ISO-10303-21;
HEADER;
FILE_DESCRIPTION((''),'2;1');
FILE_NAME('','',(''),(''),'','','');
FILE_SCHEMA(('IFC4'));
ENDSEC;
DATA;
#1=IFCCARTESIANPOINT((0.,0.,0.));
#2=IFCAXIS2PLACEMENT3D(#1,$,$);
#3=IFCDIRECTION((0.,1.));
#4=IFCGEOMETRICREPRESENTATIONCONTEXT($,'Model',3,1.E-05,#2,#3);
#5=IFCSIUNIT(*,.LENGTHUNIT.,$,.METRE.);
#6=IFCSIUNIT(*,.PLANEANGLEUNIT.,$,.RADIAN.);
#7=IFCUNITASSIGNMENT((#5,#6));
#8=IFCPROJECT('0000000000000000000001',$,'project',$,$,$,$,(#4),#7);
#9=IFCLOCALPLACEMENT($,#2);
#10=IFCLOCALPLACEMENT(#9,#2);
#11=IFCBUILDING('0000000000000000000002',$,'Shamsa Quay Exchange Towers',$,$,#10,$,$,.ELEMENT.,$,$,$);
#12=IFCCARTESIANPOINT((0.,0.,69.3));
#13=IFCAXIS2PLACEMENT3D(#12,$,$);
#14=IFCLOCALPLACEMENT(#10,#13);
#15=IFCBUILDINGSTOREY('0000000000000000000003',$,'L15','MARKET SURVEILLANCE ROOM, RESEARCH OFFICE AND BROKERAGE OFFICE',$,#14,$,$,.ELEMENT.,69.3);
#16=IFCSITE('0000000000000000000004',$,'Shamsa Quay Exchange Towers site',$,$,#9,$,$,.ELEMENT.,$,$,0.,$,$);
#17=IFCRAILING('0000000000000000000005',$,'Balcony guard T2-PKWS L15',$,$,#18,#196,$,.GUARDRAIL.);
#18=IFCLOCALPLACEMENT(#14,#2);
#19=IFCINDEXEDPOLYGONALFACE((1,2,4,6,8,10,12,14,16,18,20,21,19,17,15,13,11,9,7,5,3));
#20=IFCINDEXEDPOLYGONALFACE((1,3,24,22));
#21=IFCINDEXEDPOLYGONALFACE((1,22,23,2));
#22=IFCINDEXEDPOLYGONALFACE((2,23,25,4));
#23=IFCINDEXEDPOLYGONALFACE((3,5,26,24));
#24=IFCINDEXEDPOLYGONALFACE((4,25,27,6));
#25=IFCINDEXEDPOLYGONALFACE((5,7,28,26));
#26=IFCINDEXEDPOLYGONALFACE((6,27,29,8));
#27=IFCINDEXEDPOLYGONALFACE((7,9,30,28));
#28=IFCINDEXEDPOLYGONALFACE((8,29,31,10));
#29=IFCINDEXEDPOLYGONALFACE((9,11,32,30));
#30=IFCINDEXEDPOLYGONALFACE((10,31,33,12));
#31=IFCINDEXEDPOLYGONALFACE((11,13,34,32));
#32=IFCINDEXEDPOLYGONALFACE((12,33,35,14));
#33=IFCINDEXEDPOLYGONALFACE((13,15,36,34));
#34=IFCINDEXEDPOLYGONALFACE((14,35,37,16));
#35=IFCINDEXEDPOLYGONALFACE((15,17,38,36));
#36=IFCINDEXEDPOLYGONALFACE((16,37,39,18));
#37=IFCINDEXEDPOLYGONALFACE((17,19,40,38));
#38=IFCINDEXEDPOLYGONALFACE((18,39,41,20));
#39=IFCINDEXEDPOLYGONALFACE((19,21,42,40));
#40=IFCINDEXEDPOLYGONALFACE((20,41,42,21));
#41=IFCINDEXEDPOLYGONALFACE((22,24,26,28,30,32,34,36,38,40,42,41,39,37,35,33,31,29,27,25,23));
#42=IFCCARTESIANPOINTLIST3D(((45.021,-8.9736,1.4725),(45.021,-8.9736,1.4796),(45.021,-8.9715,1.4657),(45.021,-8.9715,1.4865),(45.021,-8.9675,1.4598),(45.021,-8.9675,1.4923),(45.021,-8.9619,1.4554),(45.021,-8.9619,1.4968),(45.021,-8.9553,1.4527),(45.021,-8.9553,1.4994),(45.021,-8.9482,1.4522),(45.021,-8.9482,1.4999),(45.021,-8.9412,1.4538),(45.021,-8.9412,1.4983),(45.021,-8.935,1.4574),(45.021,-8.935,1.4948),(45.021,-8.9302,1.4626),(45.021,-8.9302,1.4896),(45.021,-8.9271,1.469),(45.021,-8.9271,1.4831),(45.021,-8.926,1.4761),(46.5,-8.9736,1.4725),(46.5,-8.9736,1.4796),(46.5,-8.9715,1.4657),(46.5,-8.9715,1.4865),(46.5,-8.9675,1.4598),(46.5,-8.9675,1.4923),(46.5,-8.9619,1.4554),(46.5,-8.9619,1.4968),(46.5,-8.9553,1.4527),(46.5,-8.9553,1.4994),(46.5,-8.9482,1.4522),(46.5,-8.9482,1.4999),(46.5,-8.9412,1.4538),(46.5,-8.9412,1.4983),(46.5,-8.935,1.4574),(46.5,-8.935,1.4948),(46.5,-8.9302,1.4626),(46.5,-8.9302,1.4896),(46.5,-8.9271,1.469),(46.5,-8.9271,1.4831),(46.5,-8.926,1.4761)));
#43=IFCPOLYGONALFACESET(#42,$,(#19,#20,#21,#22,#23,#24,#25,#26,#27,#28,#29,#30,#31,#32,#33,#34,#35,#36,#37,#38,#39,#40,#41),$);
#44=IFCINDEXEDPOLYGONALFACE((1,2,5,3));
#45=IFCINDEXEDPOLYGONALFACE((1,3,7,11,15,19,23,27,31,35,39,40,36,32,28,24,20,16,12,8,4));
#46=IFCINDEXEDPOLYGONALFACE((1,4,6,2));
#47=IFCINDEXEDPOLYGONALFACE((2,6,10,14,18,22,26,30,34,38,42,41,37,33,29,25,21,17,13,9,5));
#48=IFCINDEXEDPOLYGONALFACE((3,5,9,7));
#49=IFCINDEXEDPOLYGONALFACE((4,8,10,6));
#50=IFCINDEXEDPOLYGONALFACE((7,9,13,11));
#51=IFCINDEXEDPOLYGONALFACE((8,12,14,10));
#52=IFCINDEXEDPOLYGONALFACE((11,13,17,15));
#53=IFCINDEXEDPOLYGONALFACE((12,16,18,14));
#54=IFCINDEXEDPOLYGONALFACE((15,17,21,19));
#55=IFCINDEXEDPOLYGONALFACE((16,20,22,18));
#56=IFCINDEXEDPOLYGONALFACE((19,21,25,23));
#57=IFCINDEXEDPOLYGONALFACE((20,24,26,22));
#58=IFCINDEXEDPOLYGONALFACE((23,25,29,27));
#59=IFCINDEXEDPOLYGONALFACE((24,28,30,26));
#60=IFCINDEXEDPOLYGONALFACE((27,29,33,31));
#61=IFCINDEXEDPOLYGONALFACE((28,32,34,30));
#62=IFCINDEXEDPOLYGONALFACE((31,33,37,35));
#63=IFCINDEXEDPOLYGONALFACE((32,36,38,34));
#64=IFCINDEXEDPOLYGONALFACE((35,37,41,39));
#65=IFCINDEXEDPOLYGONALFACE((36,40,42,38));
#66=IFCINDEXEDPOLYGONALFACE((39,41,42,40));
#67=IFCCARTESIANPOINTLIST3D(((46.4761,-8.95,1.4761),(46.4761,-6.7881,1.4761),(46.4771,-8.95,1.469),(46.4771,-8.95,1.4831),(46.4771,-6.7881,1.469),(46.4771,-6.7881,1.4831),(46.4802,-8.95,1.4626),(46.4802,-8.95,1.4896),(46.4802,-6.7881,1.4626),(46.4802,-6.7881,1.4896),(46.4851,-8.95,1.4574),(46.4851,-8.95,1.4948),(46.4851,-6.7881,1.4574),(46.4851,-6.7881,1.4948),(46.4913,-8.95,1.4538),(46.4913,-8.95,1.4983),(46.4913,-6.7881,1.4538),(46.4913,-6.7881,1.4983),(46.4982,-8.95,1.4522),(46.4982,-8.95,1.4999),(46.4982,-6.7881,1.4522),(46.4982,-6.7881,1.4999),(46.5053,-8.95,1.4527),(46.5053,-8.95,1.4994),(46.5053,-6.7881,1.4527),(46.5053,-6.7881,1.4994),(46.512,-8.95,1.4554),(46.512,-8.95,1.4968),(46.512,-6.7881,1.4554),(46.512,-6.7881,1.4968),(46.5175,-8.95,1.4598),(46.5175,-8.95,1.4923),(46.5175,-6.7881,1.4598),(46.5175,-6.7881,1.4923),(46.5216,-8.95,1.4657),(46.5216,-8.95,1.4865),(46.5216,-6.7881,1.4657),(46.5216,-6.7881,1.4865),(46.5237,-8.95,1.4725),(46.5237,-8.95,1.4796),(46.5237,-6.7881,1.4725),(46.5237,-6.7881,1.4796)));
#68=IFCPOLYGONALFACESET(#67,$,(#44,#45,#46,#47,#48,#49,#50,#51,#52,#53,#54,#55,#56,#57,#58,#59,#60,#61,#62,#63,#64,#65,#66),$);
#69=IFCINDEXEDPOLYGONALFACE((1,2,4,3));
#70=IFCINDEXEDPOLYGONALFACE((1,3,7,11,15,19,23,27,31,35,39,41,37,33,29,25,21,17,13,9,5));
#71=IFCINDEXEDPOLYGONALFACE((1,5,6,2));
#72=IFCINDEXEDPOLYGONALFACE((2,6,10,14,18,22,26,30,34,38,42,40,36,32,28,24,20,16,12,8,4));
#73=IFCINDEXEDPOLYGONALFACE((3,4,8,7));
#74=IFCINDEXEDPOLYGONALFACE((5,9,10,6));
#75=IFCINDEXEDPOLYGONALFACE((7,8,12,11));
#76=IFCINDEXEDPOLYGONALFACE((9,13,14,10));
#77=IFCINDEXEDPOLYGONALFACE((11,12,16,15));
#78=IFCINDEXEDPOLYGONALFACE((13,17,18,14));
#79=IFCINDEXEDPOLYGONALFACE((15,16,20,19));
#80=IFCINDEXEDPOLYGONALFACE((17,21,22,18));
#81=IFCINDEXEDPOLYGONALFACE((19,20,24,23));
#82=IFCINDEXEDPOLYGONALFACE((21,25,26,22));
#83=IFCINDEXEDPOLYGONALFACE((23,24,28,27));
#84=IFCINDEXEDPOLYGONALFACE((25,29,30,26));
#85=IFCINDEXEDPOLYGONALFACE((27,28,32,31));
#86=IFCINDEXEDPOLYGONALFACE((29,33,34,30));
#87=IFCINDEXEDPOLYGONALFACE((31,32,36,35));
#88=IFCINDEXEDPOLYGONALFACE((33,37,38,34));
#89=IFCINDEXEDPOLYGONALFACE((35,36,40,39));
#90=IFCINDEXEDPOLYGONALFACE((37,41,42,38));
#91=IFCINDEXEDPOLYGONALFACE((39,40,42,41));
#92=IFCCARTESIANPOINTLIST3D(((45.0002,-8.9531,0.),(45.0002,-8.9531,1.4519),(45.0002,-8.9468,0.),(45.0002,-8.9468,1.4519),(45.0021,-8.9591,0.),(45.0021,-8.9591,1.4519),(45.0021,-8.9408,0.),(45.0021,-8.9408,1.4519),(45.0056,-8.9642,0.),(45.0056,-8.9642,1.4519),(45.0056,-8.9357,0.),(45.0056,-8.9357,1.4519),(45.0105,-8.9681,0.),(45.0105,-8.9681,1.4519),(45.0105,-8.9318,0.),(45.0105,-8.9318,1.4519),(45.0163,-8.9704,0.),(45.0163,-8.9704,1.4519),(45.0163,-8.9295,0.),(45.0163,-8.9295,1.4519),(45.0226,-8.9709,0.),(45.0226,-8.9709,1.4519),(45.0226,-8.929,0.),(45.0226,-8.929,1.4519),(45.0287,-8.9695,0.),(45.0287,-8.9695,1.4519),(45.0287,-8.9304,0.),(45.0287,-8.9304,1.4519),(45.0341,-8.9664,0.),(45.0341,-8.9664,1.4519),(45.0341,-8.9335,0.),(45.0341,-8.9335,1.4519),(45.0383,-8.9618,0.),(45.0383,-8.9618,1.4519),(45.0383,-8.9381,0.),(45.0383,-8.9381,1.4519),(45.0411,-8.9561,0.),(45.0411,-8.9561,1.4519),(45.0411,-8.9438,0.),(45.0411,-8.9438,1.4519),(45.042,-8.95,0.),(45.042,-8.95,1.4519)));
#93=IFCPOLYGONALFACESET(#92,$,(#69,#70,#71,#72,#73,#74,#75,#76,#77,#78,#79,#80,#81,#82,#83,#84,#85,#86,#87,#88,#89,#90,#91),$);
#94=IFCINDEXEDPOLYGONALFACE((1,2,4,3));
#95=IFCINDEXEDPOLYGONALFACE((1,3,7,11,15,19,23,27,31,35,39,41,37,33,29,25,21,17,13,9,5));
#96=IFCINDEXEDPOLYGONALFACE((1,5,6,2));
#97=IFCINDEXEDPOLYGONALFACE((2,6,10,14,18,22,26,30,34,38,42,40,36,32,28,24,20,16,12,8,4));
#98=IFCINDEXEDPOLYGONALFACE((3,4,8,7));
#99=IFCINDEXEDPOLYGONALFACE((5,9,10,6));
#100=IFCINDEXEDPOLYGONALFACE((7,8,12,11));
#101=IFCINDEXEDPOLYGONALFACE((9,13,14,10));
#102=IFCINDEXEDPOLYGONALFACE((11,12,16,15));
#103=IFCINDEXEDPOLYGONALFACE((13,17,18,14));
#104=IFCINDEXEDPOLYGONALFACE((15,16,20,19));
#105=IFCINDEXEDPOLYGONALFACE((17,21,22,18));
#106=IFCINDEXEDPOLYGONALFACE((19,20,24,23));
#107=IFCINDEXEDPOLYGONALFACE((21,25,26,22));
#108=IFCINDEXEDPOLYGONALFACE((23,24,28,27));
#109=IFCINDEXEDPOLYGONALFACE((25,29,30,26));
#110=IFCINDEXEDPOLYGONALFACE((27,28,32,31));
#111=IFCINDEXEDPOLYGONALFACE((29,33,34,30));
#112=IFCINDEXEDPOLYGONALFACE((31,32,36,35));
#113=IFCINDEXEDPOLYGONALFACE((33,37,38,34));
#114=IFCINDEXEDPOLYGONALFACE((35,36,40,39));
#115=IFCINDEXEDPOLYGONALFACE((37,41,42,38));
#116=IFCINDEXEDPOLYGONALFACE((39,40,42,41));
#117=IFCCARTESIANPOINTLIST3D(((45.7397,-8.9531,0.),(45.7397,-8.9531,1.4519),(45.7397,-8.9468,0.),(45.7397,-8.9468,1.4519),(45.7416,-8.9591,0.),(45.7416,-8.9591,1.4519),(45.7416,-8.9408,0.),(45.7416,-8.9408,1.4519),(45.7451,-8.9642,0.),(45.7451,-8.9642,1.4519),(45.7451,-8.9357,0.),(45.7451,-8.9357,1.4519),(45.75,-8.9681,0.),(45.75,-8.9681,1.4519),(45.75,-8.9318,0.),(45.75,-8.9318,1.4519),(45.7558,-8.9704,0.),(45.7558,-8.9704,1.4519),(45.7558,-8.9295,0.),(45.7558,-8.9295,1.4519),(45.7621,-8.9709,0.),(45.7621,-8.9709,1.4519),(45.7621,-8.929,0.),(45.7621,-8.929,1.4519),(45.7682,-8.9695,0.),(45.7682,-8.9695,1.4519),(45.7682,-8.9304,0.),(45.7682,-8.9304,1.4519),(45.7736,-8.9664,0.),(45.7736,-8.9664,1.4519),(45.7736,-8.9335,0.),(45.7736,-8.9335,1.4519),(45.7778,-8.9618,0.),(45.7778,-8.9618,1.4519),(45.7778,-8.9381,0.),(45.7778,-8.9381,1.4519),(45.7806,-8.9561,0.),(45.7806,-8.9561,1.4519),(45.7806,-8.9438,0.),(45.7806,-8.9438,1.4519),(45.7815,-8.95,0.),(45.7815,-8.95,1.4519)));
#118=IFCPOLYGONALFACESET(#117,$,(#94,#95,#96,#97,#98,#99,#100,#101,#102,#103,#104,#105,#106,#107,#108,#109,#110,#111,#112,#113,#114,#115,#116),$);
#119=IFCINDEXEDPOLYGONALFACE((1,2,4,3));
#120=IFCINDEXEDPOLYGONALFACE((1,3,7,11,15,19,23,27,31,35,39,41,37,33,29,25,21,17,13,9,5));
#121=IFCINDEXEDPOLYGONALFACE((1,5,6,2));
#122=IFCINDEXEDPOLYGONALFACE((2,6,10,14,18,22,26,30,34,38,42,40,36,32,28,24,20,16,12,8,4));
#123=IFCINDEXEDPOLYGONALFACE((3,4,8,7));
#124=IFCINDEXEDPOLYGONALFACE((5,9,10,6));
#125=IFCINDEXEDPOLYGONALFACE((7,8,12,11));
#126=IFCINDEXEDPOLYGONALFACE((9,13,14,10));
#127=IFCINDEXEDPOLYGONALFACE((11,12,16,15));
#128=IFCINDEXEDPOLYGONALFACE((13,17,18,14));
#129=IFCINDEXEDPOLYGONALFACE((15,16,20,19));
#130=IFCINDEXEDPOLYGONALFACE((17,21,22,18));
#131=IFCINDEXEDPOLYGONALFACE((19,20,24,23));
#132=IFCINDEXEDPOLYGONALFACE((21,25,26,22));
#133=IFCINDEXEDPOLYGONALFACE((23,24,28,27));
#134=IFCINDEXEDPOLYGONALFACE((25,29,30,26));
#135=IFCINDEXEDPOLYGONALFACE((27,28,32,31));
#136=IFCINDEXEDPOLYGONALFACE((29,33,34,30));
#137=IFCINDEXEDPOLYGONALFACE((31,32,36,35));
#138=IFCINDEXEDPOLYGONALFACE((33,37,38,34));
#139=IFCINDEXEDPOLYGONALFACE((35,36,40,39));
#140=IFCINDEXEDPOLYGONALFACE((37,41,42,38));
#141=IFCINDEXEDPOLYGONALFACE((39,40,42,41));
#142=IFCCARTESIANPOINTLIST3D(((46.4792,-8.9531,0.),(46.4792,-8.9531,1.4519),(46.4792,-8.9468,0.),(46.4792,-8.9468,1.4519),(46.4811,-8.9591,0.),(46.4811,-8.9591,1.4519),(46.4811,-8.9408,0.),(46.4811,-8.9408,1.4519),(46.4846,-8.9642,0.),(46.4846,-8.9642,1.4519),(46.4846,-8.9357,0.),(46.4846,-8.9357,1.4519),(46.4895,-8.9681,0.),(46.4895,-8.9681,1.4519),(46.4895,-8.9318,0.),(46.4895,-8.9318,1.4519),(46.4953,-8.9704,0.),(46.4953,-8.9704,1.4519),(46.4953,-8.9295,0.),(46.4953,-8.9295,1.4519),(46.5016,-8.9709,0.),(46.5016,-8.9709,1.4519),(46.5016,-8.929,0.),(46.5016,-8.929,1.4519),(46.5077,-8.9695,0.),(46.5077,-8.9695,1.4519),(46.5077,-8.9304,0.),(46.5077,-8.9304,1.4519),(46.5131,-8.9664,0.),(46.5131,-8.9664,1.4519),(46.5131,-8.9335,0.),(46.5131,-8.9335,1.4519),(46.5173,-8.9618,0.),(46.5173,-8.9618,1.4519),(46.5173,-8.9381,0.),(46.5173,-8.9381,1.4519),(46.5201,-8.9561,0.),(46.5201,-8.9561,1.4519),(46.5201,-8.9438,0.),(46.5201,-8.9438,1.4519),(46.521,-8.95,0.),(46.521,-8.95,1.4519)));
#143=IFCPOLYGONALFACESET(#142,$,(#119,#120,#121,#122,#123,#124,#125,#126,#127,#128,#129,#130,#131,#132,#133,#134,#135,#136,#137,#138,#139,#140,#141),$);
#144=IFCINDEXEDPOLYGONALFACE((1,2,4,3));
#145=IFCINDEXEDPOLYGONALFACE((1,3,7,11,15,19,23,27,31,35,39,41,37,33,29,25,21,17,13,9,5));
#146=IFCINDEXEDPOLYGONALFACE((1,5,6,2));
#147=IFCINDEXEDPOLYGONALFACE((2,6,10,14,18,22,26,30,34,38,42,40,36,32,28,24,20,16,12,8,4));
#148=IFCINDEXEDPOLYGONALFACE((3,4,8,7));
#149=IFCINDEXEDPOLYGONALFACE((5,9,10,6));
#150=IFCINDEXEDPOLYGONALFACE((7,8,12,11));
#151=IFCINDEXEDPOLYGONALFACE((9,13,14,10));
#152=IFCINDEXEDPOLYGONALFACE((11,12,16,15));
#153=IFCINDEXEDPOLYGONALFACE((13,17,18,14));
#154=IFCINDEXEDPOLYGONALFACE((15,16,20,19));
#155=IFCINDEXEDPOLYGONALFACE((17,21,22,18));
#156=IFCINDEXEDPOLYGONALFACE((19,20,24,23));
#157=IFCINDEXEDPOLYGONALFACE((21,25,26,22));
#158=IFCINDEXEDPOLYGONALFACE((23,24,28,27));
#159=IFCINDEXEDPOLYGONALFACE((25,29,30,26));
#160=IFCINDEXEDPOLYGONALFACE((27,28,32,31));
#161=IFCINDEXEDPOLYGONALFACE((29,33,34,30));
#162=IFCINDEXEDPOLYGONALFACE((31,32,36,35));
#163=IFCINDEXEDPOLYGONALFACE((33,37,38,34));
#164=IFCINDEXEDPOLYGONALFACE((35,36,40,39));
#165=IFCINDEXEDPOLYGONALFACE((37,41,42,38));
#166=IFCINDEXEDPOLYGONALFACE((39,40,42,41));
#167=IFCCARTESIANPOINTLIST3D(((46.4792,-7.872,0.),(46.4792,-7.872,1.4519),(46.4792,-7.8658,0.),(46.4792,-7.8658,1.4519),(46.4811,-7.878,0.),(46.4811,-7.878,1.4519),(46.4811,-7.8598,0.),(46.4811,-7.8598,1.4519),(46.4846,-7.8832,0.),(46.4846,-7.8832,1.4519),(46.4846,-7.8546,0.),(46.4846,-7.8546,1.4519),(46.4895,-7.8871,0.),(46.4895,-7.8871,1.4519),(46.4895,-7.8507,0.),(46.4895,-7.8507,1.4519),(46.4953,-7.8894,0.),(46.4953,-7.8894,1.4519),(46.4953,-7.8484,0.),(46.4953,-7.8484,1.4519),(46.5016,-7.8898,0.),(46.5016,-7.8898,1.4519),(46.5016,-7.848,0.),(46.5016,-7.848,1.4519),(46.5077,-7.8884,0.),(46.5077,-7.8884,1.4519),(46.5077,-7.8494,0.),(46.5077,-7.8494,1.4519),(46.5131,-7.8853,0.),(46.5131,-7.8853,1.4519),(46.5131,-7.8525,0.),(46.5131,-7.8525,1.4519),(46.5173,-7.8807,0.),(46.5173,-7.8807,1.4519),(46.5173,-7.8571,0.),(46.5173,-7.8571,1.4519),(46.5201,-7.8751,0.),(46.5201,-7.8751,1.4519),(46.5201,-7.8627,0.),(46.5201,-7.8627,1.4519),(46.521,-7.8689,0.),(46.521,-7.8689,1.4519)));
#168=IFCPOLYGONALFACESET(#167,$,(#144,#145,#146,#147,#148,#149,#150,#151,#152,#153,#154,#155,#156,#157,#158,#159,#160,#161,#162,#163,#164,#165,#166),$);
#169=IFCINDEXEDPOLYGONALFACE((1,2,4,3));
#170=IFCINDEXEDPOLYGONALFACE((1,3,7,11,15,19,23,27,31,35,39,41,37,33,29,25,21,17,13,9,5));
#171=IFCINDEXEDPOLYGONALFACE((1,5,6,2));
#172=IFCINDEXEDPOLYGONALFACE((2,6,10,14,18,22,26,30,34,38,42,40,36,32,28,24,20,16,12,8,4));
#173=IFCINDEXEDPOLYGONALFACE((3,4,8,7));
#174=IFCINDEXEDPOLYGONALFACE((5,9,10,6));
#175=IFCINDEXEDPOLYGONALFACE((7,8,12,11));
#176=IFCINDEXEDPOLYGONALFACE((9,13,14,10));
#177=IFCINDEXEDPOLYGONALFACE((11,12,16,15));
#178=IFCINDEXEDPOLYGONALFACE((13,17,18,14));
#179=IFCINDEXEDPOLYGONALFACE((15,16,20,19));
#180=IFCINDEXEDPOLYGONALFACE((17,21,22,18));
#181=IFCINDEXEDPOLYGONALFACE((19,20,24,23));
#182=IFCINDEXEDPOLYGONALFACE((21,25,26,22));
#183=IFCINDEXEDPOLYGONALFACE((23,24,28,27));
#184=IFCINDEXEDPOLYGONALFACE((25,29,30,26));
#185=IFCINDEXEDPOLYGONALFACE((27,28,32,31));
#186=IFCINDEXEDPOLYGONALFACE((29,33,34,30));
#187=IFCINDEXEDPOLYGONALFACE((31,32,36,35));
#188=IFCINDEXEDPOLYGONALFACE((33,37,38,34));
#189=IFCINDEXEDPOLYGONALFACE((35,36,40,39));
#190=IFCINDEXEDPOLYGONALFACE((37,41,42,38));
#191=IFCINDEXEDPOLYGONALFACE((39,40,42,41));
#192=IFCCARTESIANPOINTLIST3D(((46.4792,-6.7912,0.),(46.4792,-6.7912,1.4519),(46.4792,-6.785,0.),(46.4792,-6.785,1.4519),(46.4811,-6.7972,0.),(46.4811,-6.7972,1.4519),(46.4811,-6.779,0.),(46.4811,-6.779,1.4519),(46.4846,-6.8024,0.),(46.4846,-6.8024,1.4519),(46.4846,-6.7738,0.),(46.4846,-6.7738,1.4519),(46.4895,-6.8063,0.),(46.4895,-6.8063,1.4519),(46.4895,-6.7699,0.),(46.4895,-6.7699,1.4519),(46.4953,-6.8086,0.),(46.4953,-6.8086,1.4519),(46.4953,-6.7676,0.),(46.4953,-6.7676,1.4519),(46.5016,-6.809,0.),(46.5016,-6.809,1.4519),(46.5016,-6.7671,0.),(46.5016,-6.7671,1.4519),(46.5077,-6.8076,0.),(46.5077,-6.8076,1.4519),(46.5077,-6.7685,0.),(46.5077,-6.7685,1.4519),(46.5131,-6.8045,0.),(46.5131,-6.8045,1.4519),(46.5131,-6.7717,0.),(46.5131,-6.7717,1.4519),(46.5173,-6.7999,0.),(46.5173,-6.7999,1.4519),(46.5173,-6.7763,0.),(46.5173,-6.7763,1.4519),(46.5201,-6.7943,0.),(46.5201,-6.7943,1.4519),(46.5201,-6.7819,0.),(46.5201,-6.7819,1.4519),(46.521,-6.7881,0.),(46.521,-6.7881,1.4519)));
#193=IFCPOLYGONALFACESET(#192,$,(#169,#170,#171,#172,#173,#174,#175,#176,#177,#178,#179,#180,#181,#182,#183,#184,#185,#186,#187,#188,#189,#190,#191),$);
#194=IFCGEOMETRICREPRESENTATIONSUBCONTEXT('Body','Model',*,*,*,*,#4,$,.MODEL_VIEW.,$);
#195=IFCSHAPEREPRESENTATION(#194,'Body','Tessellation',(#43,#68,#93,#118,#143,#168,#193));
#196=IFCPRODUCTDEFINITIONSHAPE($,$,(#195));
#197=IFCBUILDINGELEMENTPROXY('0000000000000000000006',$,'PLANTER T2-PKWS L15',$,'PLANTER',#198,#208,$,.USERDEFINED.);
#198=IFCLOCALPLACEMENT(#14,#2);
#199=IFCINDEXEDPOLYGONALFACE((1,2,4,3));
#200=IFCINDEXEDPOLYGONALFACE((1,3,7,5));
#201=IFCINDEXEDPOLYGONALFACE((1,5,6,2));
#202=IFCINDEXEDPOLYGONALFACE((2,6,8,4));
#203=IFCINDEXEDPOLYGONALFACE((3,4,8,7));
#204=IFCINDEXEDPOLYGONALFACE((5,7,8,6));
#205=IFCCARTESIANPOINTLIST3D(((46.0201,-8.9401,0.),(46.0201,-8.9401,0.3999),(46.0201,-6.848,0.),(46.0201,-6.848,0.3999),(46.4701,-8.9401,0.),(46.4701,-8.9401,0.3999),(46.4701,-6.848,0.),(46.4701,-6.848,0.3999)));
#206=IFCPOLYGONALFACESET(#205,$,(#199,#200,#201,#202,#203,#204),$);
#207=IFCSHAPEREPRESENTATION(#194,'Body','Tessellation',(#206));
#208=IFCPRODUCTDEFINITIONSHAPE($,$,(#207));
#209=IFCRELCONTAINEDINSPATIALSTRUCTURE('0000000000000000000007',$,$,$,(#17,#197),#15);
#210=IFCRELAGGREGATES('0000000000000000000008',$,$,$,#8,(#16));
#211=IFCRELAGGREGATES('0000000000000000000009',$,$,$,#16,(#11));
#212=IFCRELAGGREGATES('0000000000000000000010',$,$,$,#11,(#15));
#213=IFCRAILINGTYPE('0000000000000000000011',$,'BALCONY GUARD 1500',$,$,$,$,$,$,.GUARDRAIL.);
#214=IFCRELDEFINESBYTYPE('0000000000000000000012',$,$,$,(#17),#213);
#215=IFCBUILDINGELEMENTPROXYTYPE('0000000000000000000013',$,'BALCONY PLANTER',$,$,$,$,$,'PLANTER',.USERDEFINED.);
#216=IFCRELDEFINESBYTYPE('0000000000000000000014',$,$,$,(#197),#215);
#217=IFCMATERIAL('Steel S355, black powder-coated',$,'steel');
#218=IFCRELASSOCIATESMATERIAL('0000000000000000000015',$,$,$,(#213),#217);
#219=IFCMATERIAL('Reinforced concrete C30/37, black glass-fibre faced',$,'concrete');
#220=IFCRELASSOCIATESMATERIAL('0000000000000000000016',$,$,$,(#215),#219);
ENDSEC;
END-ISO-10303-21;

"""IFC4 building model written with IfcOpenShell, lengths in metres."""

from ifc_helpers import new_model, si_unit, direction, frame, origin, origin_2d, place, context, subcontext, project, spatial, rectangle, circle, extrude, material, type_object, element, save


model = new_model("IFC4")

# Units and contexts
model_context = context("Model", 3, precision=1e-05, world=origin(), true_north=direction((0.0, 1.0)))
body_context = subcontext(model_context, "Body", "Model", "MODEL_VIEW")
ifc_project = project(units=[si_unit("LENGTHUNIT", "METRE"), si_unit("PLANEANGLEUNIT", "RADIAN")], contexts=[model_context])

# Site, building, storey
site_placement = place(None, origin())
site = spatial("IfcSite", under=ifc_project, at=site_placement, Name="Shamsa Quay Exchange Towers site", CompositionType="ELEMENT", RefElevation=0.0)
building_placement = place(site_placement, origin())
building = spatial("IfcBuilding", under=site, at=building_placement, Name="Shamsa Quay Exchange Towers", CompositionType="ELEMENT")
storey_placement = place(building_placement, frame((0.0, 0.0, 69.3)))
storey = spatial("IfcBuildingStorey", under=building, at=storey_placement, Name="L15", Description="MARKET SURVEILLANCE ROOM, RESEARCH OFFICE AND BROKERAGE OFFICE", CompositionType="ELEMENT", Elevation=69.3)

# Railing
ifc_material_1 = material(Name="Steel S355, black powder-coated", Category="steel")
railing_type_1 = type_object("IfcRailingType", Name="BALCONY GUARD 1500", PredefinedType="GUARDRAIL", material=ifc_material_1)
railing_1_placement = place(storey_placement, frame((45.021, -8.95, 0.0)))
element("IfcRailing", 1, at=railing_1_placement, inside=storey, type_object=railing_type_1, Name="Balcony guard T2-PKWS L15", PredefinedType="GUARDRAIL", context=body_context, shape_type="SweptSolid", body=[
    extrude(circle(Radius=0.0239, at=origin_2d()), frame((0.0, 0.0, 1.4761), z_axis=(1.0, 0.0, 0.0), x_axis=(0.0, 1.0, 0.0)), (0.0, 0.0, 1.0), 1.479),
    extrude(circle(Radius=0.0239, at=origin_2d()), frame((1.479, 0.0, 1.4761), z_axis=(0.0, 1.0, 0.0), x_axis=(-1.0, 0.0, 0.0)), (0.0, 0.0, 1.0), 2.1619),
    extrude(circle(Radius=0.021, at=origin_2d()), origin(), (0.0, 0.0, 1.0), 1.4519),
    extrude(circle(Radius=0.021, at=origin_2d()), frame((0.7395, 0.0, 0.0)), (0.0, 0.0, 1.0), 1.4519),
    extrude(circle(Radius=0.021, at=origin_2d()), frame((1.479, 0.0, 0.0)), (0.0, 0.0, 1.0), 1.4519),
    extrude(circle(Radius=0.021, at=origin_2d()), frame((1.479, 1.0811, 0.0)), (0.0, 0.0, 1.0), 1.4519),
    extrude(circle(Radius=0.021, at=origin_2d()), frame((1.479, 2.1619, 0.0)), (0.0, 0.0, 1.0), 1.4519),
])

# Building element proxy
ifc_material_2 = material(Name="Reinforced concrete C30/37, black glass-fibre faced", Category="concrete")
building_element_proxy_type = type_object("IfcBuildingElementProxyType", Name="BALCONY PLANTER", ElementType="PLANTER", PredefinedType="USERDEFINED", material=ifc_material_2)
proxy_placement = place(storey_placement, frame((46.2451, -7.894, 0.0), z_axis=(0.0, 0.0, 1.0), x_axis=(0.0, 1.0, 0.0)))
element("IfcBuildingElementProxy", 2, at=proxy_placement, inside=storey, type_object=building_element_proxy_type, Name="PLANTER T2-PKWS L15", ObjectType="PLANTER", PredefinedType="USERDEFINED", context=body_context, shape_type="SweptSolid", body=[
    extrude(rectangle(XDim=2.092, YDim=0.45, at=origin_2d()), origin(), (0.0, 0.0, 1.0), 0.3999),
])

save(model, "model.ifc")
